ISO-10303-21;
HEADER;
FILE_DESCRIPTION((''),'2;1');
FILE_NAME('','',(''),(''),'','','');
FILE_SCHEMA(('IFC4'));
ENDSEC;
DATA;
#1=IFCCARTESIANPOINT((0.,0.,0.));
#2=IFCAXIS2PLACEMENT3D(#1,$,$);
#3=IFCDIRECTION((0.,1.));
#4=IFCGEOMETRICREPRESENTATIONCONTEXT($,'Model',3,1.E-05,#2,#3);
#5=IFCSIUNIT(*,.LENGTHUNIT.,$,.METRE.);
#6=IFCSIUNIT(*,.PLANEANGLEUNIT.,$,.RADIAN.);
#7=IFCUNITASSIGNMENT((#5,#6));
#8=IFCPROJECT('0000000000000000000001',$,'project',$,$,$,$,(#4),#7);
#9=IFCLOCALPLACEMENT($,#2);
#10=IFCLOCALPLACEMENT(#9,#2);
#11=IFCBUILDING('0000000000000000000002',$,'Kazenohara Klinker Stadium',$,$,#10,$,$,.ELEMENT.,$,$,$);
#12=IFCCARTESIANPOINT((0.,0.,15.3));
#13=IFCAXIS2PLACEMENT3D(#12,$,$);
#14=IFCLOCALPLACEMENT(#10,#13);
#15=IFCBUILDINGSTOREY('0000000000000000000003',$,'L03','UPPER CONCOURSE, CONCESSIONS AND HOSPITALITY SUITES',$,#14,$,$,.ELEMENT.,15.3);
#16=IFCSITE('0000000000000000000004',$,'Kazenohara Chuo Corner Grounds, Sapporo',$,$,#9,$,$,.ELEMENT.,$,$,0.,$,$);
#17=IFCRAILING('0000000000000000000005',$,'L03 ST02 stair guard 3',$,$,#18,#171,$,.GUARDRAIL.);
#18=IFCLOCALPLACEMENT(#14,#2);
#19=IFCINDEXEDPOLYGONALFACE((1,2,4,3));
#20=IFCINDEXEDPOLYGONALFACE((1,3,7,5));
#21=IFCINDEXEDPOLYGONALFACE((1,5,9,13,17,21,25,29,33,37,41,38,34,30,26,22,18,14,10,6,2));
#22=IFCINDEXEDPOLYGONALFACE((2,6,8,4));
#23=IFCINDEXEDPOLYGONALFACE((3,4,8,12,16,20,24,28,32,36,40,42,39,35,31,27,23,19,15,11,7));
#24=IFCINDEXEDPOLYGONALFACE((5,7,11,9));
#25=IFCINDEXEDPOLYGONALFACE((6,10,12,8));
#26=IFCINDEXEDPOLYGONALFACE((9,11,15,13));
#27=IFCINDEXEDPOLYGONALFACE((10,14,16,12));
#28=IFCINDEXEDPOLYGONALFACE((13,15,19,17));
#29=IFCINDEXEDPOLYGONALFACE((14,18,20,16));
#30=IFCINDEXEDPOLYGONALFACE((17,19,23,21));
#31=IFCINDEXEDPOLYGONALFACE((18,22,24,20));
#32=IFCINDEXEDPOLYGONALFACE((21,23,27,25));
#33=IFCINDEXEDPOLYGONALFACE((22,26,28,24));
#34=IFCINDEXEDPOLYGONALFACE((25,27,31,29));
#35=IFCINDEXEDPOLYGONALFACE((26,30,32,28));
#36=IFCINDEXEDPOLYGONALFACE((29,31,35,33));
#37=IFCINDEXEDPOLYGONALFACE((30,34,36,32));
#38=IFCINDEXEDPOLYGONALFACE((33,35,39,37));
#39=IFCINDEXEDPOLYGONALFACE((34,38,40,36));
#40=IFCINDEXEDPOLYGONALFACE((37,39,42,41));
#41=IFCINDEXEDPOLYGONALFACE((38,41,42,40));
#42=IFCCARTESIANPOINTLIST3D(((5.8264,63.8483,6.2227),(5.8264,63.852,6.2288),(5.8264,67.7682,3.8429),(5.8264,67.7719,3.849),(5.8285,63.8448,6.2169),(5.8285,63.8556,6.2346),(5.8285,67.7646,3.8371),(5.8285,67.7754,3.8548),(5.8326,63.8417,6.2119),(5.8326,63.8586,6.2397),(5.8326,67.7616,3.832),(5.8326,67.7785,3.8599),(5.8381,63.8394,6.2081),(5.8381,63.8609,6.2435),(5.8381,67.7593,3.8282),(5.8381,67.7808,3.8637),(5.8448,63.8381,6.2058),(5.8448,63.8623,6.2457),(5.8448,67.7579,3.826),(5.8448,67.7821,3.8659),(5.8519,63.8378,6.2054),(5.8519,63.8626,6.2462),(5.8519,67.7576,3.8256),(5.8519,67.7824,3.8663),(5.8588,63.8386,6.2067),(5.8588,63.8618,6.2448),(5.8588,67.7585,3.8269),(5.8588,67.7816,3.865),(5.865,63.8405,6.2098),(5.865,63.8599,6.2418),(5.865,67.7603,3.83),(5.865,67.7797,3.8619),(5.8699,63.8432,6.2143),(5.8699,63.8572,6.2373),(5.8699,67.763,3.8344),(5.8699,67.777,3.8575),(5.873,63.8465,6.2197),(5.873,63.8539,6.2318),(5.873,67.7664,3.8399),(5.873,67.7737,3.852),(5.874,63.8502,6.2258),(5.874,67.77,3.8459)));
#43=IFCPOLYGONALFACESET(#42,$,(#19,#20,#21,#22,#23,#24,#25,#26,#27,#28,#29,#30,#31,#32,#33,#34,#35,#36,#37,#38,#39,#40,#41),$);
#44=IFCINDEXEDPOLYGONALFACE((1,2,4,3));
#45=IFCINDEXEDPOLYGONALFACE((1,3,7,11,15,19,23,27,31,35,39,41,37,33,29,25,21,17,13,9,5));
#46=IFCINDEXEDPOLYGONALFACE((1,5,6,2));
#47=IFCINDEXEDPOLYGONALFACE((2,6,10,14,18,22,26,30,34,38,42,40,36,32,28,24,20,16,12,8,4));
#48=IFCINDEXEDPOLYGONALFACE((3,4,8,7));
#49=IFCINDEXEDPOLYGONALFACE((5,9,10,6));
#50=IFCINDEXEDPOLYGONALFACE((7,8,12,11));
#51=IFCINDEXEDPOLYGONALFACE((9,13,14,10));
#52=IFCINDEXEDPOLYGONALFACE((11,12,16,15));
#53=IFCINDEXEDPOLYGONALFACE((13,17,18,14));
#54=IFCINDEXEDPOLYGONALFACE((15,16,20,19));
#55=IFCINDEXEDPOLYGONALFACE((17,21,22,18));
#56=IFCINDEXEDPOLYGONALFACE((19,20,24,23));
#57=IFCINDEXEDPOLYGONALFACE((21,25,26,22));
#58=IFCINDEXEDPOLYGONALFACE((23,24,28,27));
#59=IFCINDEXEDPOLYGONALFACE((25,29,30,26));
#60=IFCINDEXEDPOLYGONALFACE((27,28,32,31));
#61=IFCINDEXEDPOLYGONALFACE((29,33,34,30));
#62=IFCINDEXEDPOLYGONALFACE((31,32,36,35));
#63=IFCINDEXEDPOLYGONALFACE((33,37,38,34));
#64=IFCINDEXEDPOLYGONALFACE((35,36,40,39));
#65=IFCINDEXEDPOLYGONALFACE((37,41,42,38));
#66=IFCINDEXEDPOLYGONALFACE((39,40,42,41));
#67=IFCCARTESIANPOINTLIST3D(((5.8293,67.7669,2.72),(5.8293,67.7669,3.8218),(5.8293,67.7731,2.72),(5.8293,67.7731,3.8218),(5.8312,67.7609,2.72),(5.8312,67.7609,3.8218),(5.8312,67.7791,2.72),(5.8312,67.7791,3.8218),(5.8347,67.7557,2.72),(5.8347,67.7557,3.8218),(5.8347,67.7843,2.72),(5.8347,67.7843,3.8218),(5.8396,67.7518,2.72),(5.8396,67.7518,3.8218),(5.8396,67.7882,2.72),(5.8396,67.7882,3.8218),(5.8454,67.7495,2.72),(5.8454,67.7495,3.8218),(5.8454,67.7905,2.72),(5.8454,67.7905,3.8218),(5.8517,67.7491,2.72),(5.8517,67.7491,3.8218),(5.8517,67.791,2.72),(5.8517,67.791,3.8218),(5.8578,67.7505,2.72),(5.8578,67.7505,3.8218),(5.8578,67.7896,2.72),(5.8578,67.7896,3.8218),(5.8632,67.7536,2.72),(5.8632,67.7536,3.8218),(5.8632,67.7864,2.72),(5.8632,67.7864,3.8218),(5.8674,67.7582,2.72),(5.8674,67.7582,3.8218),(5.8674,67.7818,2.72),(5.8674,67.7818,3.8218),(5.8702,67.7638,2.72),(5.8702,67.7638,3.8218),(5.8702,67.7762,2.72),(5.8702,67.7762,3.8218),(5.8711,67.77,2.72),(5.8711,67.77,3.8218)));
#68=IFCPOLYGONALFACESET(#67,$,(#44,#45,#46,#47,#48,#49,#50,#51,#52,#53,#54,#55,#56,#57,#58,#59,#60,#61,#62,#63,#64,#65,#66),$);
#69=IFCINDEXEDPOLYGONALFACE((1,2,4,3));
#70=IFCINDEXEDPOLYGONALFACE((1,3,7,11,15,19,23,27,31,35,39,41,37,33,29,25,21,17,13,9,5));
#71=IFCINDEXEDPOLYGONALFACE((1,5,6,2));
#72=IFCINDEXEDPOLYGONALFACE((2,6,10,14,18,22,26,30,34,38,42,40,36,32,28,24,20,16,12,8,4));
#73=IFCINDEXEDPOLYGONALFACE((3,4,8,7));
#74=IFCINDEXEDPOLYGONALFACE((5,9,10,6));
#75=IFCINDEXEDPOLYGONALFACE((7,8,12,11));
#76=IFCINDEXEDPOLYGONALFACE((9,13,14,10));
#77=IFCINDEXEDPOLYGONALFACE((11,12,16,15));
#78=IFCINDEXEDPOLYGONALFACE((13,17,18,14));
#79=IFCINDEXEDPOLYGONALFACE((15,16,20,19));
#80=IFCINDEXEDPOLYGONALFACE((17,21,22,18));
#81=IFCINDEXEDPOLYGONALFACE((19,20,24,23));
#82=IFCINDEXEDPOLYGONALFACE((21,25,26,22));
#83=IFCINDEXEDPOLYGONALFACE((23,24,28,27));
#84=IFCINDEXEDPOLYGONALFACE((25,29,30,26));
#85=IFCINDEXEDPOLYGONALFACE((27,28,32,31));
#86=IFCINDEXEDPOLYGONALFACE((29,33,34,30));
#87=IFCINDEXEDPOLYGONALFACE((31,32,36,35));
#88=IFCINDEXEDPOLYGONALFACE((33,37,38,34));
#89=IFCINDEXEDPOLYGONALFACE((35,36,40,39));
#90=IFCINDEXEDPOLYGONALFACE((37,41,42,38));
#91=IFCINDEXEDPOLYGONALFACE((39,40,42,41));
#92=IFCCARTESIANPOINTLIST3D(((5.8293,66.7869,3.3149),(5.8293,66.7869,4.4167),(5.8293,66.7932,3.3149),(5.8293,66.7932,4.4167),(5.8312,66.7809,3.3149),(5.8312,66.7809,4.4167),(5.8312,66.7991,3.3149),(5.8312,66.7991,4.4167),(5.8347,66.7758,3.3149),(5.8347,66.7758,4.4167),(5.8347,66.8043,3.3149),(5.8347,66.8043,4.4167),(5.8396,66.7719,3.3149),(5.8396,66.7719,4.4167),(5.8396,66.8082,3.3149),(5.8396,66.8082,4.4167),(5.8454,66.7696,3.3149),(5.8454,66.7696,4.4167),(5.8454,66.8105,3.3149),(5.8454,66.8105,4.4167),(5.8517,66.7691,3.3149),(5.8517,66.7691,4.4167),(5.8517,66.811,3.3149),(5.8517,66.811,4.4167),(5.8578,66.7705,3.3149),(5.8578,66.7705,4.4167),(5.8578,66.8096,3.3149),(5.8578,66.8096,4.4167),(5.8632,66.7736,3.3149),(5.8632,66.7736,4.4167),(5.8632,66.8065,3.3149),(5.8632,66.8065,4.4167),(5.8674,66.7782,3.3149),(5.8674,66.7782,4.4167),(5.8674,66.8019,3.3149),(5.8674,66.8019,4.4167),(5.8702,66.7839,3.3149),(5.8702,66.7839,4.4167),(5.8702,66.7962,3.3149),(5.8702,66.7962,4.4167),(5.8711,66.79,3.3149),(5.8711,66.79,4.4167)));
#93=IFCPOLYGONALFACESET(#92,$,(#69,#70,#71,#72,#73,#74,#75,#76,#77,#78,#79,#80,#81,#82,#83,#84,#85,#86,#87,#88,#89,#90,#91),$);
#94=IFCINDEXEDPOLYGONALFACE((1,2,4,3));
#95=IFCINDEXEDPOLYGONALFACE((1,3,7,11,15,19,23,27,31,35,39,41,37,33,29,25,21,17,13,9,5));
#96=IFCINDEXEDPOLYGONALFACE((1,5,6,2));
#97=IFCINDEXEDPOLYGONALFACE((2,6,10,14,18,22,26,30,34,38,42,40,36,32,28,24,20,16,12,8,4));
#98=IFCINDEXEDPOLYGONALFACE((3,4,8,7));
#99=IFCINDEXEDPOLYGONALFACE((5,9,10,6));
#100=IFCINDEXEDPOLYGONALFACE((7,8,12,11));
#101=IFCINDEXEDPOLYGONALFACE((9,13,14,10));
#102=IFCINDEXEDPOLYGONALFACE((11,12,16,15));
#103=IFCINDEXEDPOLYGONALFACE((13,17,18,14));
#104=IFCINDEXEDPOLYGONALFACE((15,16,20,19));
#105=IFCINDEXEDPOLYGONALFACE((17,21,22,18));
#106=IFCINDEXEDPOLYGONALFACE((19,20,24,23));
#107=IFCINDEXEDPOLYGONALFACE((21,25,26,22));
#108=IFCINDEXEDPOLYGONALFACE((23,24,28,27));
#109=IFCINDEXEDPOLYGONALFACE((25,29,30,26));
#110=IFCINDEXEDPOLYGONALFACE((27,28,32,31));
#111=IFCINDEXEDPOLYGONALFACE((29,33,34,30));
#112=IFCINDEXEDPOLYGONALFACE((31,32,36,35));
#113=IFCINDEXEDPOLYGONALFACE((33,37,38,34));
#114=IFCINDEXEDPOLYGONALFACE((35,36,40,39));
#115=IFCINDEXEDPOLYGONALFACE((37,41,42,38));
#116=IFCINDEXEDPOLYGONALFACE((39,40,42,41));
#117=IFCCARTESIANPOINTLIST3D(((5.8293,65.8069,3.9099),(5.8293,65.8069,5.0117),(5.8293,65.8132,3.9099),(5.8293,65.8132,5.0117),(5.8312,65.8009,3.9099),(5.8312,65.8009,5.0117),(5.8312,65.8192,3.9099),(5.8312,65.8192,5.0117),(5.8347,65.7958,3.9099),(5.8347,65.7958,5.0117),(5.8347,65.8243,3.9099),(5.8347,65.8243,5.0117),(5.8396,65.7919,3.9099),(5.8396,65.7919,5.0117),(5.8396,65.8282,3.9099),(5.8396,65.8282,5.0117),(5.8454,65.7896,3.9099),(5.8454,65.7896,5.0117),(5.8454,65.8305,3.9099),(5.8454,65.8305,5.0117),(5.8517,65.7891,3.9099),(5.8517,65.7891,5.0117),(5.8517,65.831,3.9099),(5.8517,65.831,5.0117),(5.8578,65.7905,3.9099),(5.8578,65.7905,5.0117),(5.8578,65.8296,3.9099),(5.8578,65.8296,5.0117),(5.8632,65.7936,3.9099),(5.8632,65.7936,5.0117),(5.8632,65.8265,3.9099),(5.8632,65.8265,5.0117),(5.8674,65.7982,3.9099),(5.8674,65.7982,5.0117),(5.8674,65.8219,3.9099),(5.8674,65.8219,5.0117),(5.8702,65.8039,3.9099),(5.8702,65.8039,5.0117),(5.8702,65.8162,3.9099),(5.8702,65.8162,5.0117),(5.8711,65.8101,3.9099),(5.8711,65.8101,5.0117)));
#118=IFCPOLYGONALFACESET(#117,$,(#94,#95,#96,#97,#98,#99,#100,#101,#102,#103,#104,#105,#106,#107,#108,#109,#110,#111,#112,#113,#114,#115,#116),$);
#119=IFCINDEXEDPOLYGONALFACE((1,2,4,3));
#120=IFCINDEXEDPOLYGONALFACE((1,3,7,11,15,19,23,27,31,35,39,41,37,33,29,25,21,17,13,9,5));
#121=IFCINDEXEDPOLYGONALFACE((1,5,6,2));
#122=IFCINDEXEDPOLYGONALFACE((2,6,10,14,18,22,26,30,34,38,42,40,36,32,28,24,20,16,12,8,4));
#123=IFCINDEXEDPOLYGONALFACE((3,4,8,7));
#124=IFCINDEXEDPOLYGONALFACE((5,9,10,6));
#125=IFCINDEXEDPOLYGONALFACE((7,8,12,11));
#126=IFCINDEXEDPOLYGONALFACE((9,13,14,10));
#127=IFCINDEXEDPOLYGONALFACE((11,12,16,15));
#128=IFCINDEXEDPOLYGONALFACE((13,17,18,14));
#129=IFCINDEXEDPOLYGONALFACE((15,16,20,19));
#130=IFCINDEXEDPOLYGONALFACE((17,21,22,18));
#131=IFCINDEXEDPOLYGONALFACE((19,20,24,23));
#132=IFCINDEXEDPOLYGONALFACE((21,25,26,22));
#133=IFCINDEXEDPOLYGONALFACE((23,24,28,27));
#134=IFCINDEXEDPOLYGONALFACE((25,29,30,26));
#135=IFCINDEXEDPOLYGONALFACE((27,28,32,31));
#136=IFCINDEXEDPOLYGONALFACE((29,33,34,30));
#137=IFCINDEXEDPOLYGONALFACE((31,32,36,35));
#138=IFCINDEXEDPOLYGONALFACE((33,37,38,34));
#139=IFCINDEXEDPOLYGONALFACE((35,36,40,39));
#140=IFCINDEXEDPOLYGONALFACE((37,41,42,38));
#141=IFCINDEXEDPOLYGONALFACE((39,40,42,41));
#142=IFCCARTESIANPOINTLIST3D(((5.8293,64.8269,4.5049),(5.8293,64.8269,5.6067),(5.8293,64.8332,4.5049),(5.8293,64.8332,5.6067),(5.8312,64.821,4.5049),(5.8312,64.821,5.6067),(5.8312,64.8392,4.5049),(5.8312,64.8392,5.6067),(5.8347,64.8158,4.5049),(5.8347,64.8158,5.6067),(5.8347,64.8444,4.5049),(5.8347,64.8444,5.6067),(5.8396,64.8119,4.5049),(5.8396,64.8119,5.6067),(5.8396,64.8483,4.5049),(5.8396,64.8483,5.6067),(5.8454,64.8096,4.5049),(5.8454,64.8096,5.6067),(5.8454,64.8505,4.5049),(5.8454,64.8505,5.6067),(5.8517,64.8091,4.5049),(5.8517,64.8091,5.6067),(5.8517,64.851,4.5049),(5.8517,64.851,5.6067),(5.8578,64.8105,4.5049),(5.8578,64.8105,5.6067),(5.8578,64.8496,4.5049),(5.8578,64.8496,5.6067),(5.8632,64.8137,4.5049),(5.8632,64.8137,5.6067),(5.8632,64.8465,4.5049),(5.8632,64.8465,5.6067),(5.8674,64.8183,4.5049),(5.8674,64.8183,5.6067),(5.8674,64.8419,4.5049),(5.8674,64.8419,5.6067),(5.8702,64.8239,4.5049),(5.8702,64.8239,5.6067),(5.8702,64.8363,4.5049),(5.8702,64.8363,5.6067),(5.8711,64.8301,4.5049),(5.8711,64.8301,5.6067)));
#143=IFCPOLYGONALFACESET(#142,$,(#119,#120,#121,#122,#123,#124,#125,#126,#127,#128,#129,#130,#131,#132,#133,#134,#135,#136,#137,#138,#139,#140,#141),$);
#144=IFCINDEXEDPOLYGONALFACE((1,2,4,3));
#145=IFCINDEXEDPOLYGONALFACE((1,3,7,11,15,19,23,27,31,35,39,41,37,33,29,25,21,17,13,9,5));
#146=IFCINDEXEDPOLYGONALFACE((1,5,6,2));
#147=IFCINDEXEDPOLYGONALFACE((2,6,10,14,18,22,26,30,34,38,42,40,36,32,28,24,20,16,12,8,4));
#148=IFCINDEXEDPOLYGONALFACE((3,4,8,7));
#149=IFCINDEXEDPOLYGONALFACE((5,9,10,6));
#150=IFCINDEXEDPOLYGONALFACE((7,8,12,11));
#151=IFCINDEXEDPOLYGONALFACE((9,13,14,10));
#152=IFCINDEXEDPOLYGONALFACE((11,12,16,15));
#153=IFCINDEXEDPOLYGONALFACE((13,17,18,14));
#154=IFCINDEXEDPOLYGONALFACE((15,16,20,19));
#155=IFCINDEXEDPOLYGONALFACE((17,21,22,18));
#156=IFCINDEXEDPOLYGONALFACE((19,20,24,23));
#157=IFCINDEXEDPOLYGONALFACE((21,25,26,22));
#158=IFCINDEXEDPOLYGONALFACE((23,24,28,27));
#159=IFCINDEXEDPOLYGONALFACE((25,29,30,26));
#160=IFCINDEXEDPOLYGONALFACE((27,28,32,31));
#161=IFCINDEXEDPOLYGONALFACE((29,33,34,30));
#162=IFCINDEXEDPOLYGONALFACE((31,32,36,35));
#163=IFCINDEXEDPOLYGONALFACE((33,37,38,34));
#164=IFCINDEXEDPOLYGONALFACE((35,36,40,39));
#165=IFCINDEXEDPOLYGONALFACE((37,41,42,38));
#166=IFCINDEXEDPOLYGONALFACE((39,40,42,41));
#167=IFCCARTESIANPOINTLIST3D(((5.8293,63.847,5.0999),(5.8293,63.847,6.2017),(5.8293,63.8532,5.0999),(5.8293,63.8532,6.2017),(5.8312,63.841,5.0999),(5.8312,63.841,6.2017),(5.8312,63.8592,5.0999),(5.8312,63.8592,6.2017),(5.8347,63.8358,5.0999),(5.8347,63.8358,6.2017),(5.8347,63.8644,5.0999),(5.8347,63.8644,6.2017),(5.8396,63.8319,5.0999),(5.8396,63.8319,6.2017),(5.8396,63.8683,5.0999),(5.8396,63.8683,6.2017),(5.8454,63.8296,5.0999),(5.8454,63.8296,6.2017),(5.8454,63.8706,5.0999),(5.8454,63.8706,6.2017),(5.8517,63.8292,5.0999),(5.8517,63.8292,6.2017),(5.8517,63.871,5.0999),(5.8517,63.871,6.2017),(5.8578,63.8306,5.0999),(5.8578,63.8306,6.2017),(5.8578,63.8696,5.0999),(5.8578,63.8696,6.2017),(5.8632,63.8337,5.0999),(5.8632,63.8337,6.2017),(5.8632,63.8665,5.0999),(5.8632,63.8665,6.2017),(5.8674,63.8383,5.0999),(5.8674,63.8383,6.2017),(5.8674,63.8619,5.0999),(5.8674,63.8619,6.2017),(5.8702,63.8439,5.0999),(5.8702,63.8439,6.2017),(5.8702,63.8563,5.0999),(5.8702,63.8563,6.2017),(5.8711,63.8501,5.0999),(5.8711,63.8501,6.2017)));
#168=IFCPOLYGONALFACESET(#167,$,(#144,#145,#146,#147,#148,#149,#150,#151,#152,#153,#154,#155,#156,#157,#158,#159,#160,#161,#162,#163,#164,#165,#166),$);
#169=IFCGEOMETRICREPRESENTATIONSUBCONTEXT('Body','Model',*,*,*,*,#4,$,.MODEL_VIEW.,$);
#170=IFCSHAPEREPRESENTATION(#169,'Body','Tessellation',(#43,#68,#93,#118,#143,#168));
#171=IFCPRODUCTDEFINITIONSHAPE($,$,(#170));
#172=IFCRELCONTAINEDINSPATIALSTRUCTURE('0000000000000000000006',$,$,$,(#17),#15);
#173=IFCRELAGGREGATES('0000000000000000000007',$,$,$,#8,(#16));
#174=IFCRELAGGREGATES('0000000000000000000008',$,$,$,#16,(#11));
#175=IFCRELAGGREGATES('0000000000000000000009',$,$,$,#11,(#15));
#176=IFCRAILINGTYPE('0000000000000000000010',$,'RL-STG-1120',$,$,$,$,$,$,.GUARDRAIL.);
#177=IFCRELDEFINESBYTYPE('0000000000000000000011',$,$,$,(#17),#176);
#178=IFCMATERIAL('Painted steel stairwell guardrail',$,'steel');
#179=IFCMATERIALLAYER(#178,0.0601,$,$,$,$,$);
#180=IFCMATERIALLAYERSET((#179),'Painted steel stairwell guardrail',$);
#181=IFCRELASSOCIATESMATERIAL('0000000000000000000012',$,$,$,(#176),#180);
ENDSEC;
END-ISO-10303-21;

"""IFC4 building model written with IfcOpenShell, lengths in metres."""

from ifc_helpers import new_model, si_unit, direction, frame, origin, origin_2d, place, context, subcontext, project, spatial, circle, extrude, material, layer, layer_set, type_object, element, save


model = new_model("IFC4")

# Units and contexts
model_context = context("Model", 3, precision=1e-05, world=origin(), true_north=direction((0.0, 1.0)))
body_context = subcontext(model_context, "Body", "Model", "MODEL_VIEW")
ifc_project = project(units=[si_unit("LENGTHUNIT", "METRE"), si_unit("PLANEANGLEUNIT", "RADIAN")], contexts=[model_context])

# Site, building, storey
site_placement = place(None, origin())
site = spatial("IfcSite", under=ifc_project, at=site_placement, Name="Kazenohara Chuo Corner Grounds, Sapporo", CompositionType="ELEMENT", RefElevation=0.0)
building_placement = place(site_placement, origin())
building = spatial("IfcBuilding", under=site, at=building_placement, Name="Kazenohara Klinker Stadium", CompositionType="ELEMENT")
storey_placement = place(building_placement, frame((0.0, 0.0, 15.3)))
storey = spatial("IfcBuildingStorey", under=building, at=storey_placement, Name="L03", Description="UPPER CONCOURSE, CONCESSIONS AND HOSPITALITY SUITES", CompositionType="ELEMENT", Elevation=15.3)

# Railing
ifc_material_1 = material(Name="Painted steel stairwell guardrail", Category="steel")
ifc_layer_1 = layer(ifc_material_1, 0.0601)
ifc_layer_set_1 = layer_set([ifc_layer_1], Name="Painted steel stairwell guardrail")
railing_type_1 = type_object("IfcRailingType", Name="RL-STG-1120", PredefinedType="GUARDRAIL", material=ifc_layer_set_1)
railing_1_placement = place(storey_placement, frame((5.8501, 67.77, 2.72)))
element("IfcRailing", 1, at=railing_1_placement, inside=storey, type_object=railing_type_1, Name="L03 ST02 stair guard 3", PredefinedType="GUARDRAIL", context=body_context, shape_type="SweptSolid", body=[
    extrude(circle(Radius=0.0239, at=origin_2d()), frame((0.0, 0.0, 1.126), z_axis=(0.0, -0.854794, 0.518967), x_axis=(1.0, 0.0, 0.0)), (0.0, 0.0, 1.0), 4.5857),
    extrude(circle(Radius=0.021, at=origin_2d()), origin(), (0.0, 0.0, 1.0), 1.1018),
    extrude(circle(Radius=0.021, at=origin_2d()), frame((0.0, -0.98, 0.595)), (0.0, 0.0, 1.0), 1.1018),
    extrude(circle(Radius=0.021, at=origin_2d()), frame((0.0, -1.96, 1.1899)), (0.0, 0.0, 1.0), 1.1018),
    extrude(circle(Radius=0.021, at=origin_2d()), frame((0.0, -2.9399, 1.7849)), (0.0, 0.0, 1.0), 1.1018),
    extrude(circle(Radius=0.021, at=origin_2d()), frame((0.0, -3.9199, 2.3799)), (0.0, 0.0, 1.0), 1.1018),
])

save(model, "model.ifc")
